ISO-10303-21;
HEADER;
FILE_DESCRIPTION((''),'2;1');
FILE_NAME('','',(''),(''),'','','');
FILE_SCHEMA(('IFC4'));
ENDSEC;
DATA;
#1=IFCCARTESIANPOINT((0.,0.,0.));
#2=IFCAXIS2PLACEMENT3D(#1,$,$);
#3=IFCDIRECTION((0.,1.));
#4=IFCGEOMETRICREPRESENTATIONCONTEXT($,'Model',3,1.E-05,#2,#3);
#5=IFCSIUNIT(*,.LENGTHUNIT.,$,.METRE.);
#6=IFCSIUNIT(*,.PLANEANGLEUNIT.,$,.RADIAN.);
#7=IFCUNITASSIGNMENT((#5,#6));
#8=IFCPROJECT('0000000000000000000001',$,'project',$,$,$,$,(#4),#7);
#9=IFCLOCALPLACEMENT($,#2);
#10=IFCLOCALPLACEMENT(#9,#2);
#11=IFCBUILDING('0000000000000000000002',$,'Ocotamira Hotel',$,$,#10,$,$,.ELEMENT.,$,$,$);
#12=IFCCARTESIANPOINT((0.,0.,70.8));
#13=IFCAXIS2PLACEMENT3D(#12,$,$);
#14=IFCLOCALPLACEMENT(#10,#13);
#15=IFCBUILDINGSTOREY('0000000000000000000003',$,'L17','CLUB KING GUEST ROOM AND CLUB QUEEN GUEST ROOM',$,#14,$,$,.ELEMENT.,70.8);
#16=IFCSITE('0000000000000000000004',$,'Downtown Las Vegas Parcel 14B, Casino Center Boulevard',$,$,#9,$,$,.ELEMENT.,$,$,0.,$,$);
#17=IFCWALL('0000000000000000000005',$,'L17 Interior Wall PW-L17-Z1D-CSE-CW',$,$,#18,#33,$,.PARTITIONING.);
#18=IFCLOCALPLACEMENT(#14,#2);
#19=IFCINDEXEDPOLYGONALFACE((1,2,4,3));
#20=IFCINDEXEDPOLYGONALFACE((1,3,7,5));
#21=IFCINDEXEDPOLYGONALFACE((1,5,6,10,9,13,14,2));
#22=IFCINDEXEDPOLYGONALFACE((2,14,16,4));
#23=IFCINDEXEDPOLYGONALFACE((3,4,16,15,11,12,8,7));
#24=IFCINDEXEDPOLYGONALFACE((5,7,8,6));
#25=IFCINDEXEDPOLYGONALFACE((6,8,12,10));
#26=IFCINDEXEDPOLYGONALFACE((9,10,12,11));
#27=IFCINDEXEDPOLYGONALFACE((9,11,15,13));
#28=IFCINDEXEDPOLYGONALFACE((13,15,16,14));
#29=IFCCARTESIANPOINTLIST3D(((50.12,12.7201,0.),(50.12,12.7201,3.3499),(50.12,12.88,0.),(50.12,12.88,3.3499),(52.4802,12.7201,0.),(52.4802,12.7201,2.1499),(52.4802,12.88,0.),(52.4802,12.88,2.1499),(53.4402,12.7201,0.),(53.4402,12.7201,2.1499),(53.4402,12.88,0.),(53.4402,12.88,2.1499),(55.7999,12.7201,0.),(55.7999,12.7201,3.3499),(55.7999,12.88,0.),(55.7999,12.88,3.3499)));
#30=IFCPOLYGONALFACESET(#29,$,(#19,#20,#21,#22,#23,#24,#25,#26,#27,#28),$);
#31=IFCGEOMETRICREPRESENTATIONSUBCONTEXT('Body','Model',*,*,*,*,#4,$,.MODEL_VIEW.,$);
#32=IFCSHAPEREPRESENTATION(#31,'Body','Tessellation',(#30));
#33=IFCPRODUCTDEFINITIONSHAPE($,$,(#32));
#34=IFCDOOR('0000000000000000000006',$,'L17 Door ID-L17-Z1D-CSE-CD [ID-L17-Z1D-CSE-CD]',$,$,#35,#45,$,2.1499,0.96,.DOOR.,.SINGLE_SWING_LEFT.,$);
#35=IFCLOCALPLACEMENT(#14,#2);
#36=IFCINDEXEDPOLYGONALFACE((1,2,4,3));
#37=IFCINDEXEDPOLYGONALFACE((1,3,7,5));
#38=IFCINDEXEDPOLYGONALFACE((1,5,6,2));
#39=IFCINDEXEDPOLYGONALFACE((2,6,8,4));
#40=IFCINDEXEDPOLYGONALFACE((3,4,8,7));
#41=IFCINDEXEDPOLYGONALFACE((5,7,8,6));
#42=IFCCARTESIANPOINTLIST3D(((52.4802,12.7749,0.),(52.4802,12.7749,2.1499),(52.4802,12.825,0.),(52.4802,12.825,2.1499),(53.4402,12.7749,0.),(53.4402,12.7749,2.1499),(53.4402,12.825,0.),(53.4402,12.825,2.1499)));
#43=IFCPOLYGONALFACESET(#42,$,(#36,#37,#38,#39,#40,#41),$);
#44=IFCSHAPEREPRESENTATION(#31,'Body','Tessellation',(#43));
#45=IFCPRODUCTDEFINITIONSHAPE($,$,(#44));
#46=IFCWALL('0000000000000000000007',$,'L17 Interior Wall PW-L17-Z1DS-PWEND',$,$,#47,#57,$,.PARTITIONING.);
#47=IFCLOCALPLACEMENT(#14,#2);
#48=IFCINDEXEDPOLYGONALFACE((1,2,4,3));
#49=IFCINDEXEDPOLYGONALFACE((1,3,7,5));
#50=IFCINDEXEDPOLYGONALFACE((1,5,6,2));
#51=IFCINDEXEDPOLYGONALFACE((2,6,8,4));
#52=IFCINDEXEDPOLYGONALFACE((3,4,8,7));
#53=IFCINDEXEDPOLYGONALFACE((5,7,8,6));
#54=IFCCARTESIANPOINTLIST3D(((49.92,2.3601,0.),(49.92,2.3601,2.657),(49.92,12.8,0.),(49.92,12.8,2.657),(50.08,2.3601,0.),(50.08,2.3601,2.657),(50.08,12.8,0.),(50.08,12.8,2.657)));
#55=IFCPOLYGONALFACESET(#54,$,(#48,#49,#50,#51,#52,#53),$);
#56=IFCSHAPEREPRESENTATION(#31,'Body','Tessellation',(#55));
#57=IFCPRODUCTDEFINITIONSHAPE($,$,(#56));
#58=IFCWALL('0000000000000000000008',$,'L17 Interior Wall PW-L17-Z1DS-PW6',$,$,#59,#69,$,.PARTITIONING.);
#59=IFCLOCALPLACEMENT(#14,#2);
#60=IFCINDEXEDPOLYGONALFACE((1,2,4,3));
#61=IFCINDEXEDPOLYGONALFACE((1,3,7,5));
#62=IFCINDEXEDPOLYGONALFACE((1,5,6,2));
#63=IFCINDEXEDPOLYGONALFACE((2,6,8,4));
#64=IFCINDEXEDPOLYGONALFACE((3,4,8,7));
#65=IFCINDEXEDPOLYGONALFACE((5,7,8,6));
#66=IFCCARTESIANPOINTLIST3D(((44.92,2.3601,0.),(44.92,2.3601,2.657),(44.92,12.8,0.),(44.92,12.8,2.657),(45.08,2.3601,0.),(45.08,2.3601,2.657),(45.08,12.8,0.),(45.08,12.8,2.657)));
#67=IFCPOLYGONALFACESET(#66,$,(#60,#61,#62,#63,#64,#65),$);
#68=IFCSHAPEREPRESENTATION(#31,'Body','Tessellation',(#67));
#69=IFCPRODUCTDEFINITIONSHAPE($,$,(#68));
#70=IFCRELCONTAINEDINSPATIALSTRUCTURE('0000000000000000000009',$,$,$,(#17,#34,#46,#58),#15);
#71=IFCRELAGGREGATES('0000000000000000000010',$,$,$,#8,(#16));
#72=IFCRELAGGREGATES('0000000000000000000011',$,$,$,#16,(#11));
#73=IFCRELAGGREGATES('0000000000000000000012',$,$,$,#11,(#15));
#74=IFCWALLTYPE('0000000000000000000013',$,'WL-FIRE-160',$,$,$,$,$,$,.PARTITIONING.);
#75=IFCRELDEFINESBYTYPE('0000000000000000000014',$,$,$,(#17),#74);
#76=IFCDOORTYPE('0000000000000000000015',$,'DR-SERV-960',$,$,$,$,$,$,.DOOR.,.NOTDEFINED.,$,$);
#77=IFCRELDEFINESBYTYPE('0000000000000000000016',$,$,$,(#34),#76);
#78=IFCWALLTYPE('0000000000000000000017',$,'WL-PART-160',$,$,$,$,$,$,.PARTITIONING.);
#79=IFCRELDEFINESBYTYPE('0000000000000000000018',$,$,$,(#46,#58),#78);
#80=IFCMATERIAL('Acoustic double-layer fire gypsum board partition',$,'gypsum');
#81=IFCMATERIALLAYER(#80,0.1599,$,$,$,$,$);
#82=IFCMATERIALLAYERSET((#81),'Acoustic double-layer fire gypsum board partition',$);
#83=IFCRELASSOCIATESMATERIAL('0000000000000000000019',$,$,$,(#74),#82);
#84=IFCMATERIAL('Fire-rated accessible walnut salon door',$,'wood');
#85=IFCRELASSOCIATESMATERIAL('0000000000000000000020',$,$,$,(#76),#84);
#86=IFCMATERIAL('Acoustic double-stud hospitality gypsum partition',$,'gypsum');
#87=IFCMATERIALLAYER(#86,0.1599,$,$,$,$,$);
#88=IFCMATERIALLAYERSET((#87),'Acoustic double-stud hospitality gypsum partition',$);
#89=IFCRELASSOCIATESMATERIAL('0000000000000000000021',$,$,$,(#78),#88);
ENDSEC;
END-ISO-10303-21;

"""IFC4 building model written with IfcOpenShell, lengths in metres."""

from ifc_helpers import new_model, si_unit, direction, frame, frame_2d, origin, place, context, subcontext, project, spatial, rectangle, extrude, source, transform, mapped, material, layer, layer_set, type_object, element, fill, save


model = new_model("IFC4")

# Units and contexts
model_context = context("Model", 3, precision=1e-05, world=origin(), true_north=direction((0.0, 1.0)))
body_context = subcontext(model_context, "Body", "Model", "MODEL_VIEW")
ifc_project = project(units=[si_unit("LENGTHUNIT", "METRE"), si_unit("PLANEANGLEUNIT", "RADIAN")], contexts=[model_context])

# Site, building, storey
site_placement = place(None, origin())
site = spatial("IfcSite", under=ifc_project, at=site_placement, Name="Downtown Las Vegas Parcel 14B, Casino Center Boulevard", CompositionType="ELEMENT", RefElevation=0.0)
building_placement = place(site_placement, origin())
building = spatial("IfcBuilding", under=site, at=building_placement, Name="Ocotamira Hotel", CompositionType="ELEMENT")
storey_placement = place(building_placement, frame((0.0, 0.0, 70.8)))
storey = spatial("IfcBuildingStorey", under=building, at=storey_placement, Name="L17", Description="CLUB KING GUEST ROOM AND CLUB QUEEN GUEST ROOM", CompositionType="ELEMENT", Elevation=70.8)

# Wall, opening, door
ifc_material_1 = material(Name="Acoustic double-layer fire gypsum board partition", Category="gypsum")
ifc_layer_1 = layer(ifc_material_1, 0.1599)
ifc_layer_set_1 = layer_set([ifc_layer_1], Name="Acoustic double-layer fire gypsum board partition")
wall_type_1 = type_object("IfcWallType", Name="WL-FIRE-160", PredefinedType="PARTITIONING", material=ifc_layer_set_1)
wall_1_placement = place(storey_placement, frame((50.1201, 12.8, 0.0), z_axis=(0.0, 0.0, 1.0), x_axis=(1.0, 0.0, 0.0)))
wall_1 = element("IfcWall", 1, at=wall_1_placement, inside=storey, type_object=wall_type_1, Name="L17 Interior Wall PW-L17-Z1D-CSE-CW", PredefinedType="PARTITIONING", context=body_context, shape_type="SweptSolid", body=[
    extrude(rectangle(XDim=5.6799, YDim=0.1599, at=frame_2d((2.8398, 0.0))), origin(), (0.0, 0.0, 1.0), 3.3499),
])
opening_1_placement = place(wall_1_placement, frame((2.3601, 0.0, 0.0)))
opening_1 = element("IfcOpeningElement", 2, at=opening_1_placement, cuts=wall_1, PredefinedType="OPENING", context=body_context, shape_type="SweptSolid", body=[
    extrude(rectangle(XDim=0.96, YDim=2.1499, at=frame_2d((0.48, 1.075))), frame((0.0, 0.0898, 0.0), z_axis=(0.0, -1.0, 0.0), x_axis=(1.0, 0.0, 0.0)), (0.0, 0.0, 1.0), 0.1799),
])
ifc_material_2 = material(Name="Fire-rated accessible walnut salon door", Category="wood")
door_type_1 = type_object("IfcDoorType", Name="DR-SERV-960", OperationType="NOTDEFINED", PredefinedType="DOOR", material=ifc_material_2)
shared_shape_1 = source(origin(), body_context, "Body", "SweptSolid", [
    extrude(rectangle(XDim=0.96, YDim=2.1499, at=frame_2d((0.48, 1.075))), frame((0.0, 0.0249, 0.0), z_axis=(0.0, -1.0, 0.0), x_axis=(1.0, 0.0, 0.0)), (0.0, 0.0, 1.0), 0.05),
])
door_1_placement = place(opening_1_placement, origin())
door_1 = element("IfcDoor", 3, at=door_1_placement, inside=storey, type_object=door_type_1, Name="L17 Door ID-L17-Z1D-CSE-CD [ID-L17-Z1D-CSE-CD]", OperationType="SINGLE_SWING_LEFT", OverallHeight=2.1499, OverallWidth=0.96, PredefinedType="DOOR", context=body_context, shape_type="MappedRepresentation", body=[
    mapped(shared_shape_1, transform((0.0, 0.0, 0.0), scale=1.0)),
])
fill(opening_1, door_1)

# Walls
ifc_material_3 = material(Name="Acoustic double-stud hospitality gypsum partition", Category="gypsum")
ifc_layer_2 = layer(ifc_material_3, 0.1599)
ifc_layer_set_2 = layer_set([ifc_layer_2], Name="Acoustic double-stud hospitality gypsum partition")
wall_type_2 = type_object("IfcWallType", Name="WL-PART-160", PredefinedType="PARTITIONING", material=ifc_layer_set_2)
for number, where, z_axis, x_axis, name in (
    (4, (50.0, 2.3601, 0.0), (0.0, 0.0, 1.0), (0.0, 1.0, 0.0), "L17 Interior Wall PW-L17-Z1DS-PWEND"),
    (5, (45.0, 2.3601, 0.0), (0.0, 0.0, 1.0), (0.0, 1.0, 0.0), "L17 Interior Wall PW-L17-Z1DS-PW6"),
):
    element("IfcWall", number, at=place(storey_placement, frame(where, z_axis=z_axis, x_axis=x_axis)), inside=storey, type_object=wall_type_2, Name=name, PredefinedType="PARTITIONING", context=body_context, shape_type="SweptSolid", body=[
        extrude(rectangle(XDim=10.4399, YDim=0.1599, at=frame_2d((5.22, 0.0))), origin(), (0.0, 0.0, 1.0), 2.657),
    ])

save(model, "model.ifc")
